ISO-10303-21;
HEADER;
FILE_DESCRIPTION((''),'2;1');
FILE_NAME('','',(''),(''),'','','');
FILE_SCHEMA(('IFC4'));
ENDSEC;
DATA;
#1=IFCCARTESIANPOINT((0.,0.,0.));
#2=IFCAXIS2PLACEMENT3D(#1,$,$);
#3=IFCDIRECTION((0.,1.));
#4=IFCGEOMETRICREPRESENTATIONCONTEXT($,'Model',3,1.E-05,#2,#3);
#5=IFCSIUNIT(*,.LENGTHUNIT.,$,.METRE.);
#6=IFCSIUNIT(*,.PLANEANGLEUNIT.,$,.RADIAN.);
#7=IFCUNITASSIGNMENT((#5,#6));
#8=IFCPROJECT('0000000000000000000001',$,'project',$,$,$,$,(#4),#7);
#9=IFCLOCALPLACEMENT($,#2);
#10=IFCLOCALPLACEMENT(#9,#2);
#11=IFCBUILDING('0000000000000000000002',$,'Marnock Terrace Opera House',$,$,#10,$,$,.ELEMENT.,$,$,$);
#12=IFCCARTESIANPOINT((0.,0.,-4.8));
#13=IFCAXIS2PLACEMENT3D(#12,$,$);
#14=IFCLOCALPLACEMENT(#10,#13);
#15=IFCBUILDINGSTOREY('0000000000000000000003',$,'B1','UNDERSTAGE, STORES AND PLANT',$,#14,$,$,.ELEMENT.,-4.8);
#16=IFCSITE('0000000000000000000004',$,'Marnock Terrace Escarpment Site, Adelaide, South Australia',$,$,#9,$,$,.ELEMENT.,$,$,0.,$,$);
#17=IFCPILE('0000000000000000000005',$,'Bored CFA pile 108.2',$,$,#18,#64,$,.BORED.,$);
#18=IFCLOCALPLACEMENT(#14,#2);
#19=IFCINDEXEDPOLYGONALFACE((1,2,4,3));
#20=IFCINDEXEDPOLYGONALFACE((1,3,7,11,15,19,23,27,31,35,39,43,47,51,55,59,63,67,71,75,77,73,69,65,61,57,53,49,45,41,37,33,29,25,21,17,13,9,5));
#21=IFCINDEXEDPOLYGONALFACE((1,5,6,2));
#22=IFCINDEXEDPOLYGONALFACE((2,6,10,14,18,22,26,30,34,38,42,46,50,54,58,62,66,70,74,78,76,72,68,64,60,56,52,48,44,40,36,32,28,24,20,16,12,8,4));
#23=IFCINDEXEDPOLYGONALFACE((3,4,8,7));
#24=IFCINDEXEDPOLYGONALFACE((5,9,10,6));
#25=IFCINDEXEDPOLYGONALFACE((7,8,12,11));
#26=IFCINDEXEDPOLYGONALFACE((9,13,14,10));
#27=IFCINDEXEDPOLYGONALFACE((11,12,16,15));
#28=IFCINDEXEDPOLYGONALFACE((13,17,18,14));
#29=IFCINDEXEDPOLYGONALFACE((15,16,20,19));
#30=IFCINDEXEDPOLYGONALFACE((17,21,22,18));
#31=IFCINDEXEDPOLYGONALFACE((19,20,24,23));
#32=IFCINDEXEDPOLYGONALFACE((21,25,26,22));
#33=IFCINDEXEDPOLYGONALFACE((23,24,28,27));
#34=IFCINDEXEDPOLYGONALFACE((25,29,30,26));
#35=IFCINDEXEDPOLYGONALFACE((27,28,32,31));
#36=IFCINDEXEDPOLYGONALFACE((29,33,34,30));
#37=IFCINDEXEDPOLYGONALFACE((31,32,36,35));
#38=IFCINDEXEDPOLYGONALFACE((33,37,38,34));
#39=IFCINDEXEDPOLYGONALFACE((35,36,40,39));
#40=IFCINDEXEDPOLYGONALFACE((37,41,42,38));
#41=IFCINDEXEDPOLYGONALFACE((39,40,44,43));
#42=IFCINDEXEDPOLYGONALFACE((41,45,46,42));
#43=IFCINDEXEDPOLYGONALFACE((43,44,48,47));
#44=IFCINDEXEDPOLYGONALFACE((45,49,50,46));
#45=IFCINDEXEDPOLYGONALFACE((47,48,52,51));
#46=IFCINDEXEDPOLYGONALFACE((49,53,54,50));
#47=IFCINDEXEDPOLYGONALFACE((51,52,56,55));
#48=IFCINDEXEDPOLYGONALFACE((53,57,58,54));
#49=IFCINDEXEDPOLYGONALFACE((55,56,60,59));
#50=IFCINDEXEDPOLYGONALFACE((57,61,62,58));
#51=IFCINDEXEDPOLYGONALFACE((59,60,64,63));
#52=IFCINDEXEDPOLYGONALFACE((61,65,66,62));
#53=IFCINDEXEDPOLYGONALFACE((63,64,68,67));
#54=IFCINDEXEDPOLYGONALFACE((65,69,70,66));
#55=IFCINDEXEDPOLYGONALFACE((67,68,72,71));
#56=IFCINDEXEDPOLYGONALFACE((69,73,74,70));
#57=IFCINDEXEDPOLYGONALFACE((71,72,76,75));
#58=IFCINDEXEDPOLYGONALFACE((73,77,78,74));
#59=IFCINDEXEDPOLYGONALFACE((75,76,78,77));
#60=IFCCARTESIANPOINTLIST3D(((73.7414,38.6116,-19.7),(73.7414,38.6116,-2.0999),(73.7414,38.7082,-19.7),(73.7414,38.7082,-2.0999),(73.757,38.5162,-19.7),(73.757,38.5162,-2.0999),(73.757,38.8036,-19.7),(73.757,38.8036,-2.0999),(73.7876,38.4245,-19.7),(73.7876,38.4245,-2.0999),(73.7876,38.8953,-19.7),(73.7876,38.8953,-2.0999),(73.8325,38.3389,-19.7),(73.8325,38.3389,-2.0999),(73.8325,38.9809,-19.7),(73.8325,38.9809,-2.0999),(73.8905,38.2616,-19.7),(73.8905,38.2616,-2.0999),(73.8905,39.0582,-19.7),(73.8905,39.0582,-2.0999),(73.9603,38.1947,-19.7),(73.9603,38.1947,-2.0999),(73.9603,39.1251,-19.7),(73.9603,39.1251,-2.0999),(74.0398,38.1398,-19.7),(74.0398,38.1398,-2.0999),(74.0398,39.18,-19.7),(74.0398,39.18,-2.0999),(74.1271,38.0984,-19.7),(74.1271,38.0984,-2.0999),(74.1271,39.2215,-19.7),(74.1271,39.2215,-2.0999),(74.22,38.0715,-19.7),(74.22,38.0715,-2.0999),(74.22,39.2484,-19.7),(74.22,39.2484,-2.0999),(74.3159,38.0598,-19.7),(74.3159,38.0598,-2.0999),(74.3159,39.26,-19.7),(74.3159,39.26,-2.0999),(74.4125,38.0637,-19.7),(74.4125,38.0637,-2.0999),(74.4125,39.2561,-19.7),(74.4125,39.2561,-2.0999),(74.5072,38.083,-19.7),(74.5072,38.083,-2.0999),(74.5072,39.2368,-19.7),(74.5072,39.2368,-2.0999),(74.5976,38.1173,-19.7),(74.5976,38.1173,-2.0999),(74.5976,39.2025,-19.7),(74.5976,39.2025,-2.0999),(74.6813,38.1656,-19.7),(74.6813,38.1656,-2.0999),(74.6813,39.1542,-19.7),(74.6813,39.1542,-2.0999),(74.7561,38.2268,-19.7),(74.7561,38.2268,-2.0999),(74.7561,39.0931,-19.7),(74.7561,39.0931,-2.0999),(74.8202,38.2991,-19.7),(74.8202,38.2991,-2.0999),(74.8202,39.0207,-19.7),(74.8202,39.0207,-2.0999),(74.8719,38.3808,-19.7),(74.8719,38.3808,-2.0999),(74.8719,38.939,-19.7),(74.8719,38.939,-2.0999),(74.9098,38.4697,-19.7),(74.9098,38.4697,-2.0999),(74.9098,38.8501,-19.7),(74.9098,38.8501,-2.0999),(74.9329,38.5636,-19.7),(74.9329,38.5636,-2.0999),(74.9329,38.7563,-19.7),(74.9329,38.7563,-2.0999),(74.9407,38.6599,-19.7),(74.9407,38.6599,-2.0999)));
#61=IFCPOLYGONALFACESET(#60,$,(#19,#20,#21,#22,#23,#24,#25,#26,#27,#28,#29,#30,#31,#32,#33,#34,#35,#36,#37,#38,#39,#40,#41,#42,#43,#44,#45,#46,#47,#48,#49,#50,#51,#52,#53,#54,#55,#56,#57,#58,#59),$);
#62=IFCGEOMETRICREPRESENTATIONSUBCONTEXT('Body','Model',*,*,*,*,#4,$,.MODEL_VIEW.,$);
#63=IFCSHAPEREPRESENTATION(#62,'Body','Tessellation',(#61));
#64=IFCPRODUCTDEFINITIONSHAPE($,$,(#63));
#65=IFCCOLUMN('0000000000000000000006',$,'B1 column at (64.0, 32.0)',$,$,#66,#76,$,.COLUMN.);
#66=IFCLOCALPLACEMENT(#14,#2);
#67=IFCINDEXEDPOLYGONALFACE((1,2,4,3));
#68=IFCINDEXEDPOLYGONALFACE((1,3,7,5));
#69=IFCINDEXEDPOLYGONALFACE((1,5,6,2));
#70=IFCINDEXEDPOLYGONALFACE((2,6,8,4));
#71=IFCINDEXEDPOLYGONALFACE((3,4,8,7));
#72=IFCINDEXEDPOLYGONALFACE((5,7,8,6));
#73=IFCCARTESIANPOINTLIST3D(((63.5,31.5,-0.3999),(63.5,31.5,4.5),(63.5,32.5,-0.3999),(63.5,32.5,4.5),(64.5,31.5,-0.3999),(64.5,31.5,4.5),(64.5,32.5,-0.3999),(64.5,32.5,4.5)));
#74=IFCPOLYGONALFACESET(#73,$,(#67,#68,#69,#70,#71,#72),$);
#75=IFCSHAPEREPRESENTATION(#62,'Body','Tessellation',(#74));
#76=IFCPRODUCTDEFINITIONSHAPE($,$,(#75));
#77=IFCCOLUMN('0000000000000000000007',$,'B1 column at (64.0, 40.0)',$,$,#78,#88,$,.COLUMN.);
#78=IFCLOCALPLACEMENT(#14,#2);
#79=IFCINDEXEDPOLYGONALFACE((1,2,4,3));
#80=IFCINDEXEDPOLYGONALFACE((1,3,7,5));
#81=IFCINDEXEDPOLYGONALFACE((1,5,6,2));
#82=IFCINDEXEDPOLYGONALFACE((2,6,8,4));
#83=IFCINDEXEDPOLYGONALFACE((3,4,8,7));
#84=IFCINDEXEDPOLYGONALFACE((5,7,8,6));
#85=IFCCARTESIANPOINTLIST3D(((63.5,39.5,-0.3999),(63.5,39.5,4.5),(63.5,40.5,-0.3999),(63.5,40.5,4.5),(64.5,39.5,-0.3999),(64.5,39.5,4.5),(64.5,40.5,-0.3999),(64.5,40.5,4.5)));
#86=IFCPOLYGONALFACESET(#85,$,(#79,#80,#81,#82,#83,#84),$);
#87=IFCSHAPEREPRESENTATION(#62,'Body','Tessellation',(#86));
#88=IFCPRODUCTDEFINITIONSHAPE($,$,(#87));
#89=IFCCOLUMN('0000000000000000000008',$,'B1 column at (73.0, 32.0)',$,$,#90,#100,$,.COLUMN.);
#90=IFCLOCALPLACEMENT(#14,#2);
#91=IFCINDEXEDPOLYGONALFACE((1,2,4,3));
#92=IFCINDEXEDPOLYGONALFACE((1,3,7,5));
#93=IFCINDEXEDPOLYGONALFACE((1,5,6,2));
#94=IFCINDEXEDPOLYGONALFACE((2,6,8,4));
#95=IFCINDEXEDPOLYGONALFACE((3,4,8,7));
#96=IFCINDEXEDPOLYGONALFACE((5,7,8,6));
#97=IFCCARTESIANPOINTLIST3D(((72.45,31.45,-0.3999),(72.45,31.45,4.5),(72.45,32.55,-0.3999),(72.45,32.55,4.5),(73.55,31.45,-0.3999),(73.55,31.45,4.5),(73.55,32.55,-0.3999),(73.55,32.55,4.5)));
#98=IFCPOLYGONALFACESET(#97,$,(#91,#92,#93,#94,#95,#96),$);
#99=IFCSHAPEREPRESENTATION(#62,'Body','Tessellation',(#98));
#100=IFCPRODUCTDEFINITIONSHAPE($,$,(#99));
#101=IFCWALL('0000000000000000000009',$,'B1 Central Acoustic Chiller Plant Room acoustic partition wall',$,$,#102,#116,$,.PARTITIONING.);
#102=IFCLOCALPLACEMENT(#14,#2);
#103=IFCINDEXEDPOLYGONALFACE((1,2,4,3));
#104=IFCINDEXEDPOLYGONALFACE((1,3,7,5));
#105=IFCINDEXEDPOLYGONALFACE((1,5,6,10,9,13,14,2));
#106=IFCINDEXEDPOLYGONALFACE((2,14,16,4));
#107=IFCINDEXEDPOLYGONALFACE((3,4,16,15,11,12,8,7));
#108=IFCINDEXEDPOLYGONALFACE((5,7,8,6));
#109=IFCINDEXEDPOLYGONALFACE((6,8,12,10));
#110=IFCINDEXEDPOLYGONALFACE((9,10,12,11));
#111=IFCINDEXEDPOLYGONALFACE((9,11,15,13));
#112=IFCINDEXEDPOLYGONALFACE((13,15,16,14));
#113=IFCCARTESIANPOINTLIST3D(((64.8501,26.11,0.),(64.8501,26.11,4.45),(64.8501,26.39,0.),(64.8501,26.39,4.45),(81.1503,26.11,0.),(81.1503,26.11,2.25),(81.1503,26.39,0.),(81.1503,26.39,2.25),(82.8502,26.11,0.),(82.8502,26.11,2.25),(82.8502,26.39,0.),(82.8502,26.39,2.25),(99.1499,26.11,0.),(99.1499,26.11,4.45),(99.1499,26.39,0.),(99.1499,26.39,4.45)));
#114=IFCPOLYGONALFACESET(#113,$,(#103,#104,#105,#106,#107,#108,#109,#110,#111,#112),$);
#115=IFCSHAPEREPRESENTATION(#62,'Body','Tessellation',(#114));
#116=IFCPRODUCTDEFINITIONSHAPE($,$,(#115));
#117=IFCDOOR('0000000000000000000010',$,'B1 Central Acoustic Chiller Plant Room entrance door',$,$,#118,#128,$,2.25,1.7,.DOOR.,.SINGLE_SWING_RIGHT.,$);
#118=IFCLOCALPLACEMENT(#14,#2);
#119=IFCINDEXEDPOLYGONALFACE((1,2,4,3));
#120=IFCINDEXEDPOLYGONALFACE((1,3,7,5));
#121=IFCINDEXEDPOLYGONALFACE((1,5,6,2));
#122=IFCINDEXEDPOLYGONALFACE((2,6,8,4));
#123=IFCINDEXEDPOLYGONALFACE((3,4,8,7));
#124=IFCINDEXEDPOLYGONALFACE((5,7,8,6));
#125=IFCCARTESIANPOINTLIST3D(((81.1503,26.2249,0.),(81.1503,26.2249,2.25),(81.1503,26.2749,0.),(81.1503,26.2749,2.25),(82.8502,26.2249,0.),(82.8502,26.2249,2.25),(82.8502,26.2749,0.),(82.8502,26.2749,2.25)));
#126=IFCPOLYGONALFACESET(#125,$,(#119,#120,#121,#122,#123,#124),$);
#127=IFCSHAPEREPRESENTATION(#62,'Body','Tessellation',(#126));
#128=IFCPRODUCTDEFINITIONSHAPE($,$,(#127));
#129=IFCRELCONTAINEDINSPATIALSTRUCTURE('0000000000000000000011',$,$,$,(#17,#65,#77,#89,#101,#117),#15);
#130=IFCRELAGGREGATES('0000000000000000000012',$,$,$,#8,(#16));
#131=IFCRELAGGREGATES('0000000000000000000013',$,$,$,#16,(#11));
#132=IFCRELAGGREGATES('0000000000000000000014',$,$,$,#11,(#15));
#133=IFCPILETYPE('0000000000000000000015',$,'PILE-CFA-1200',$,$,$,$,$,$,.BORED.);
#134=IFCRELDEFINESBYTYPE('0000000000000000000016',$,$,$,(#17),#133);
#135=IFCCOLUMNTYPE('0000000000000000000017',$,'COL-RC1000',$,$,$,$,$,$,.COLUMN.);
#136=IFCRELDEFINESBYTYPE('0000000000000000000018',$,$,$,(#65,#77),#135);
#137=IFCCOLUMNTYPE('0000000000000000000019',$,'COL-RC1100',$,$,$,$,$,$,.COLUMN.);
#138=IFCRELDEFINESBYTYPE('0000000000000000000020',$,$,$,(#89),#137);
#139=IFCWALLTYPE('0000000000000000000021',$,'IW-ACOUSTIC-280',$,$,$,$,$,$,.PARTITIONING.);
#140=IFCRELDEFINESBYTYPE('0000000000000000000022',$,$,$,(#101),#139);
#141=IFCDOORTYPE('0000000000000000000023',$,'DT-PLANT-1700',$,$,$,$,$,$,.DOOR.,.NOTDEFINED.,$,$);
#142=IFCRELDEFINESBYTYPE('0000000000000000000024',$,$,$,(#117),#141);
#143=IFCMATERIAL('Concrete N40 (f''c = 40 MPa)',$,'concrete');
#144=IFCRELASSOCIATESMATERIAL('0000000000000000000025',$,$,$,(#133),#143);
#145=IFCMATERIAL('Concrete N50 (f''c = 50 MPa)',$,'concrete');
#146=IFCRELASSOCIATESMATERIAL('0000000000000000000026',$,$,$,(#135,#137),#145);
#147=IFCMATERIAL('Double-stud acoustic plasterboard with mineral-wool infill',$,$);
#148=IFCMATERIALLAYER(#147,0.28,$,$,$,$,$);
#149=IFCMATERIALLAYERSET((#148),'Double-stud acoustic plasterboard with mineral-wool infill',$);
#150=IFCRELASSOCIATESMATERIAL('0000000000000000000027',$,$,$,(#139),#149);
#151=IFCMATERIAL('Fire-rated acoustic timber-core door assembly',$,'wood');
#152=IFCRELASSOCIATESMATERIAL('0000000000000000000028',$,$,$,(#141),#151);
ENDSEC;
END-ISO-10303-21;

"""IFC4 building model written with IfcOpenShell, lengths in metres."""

from ifc_helpers import new_model, si_unit, direction, frame, frame_2d, origin, origin_2d, place, context, subcontext, project, spatial, rectangle, circle, extrude, material, layer, layer_set, material_profile, profile_set, type_object, element, fill, save


model = new_model("IFC4")

# Units and contexts
model_context = context("Model", 3, precision=1e-05, world=origin(), true_north=direction((0.0, 1.0)))
body_context = subcontext(model_context, "Body", "Model", "MODEL_VIEW")
ifc_project = project(units=[si_unit("LENGTHUNIT", "METRE"), si_unit("PLANEANGLEUNIT", "RADIAN")], contexts=[model_context])

# Site, building, storey
site_placement = place(None, origin())
site = spatial("IfcSite", under=ifc_project, at=site_placement, Name="Marnock Terrace Escarpment Site, Adelaide, South Australia", CompositionType="ELEMENT", RefElevation=0.0)
building_placement = place(site_placement, origin())
building = spatial("IfcBuilding", under=site, at=building_placement, Name="Marnock Terrace Opera House", CompositionType="ELEMENT")
storey_placement = place(building_placement, frame((0.0, 0.0, -4.8)))
storey = spatial("IfcBuildingStorey", under=building, at=storey_placement, Name="B1", Description="UNDERSTAGE, STORES AND PLANT", CompositionType="ELEMENT", Elevation=-4.8)

# Shared definitions
ifc_material_1 = material(Name="Concrete N40 (f'c = 40 MPa)", Category="concrete")

# Pile
ifc_material_profile_1 = material_profile(ifc_material_1, circle(Radius=0.6006, at=origin_2d()))
ifc_profile_set_1 = profile_set([ifc_material_profile_1], Name="Concrete N40 (f'c = 40 MPa)")
pile_type = type_object("IfcPileType", Name="PILE-CFA-1200", PredefinedType="BORED", material=ifc_profile_set_1)
for number, where, z_axis, x_axis, name in (
    (1, (74.3401, 38.6599, -2.0999), (0.0, 0.0, -1.0), (1.0, 0.0, 0.0), "Bored CFA pile 108.2"),
):
    element("IfcPile", number, at=place(storey_placement, frame(where, z_axis=z_axis, x_axis=x_axis)), inside=storey, type_object=pile_type, Name=name, PredefinedType="BORED", context=body_context, shape_type="SweptSolid", body=[
        extrude(circle(Radius=0.6006, at=origin_2d()), origin(), (0.0, 0.0, 1.0), 17.6001),
    ])

# Columns
ifc_material_2 = material(Name="Concrete N50 (f'c = 50 MPa)", Category="concrete")
ifc_material_profile_2 = material_profile(ifc_material_2, rectangle(XDim=1.0, YDim=1.0, at=origin_2d()))
ifc_profile_set_2 = profile_set([ifc_material_profile_2], Name="Concrete N50 (f'c = 50 MPa)")
column_type_1 = type_object("IfcColumnType", Name="COL-RC1000", PredefinedType="COLUMN", material=ifc_profile_set_2)
for number, where, z_axis, x_axis, name in (
    (2, (64.0, 32.0, -0.3999), (0.0, 0.0, 1.0), (1.0, 0.0, 0.0), "B1 column at (64.0, 32.0)"),
    (3, (64.0, 40.0, -0.3999), (0.0, 0.0, 1.0), (1.0, 0.0, 0.0), "B1 column at (64.0, 40.0)"),
):
    element("IfcColumn", number, at=place(storey_placement, frame(where, z_axis=z_axis, x_axis=x_axis)), inside=storey, type_object=column_type_1, Name=name, PredefinedType="COLUMN", context=body_context, shape_type="SweptSolid", body=[
        extrude(rectangle(XDim=1.0, YDim=1.0, at=origin_2d()), origin(), (0.0, 0.0, 1.0), 4.8999),
    ])
ifc_material_profile_3 = material_profile(ifc_material_2, rectangle(XDim=1.1001, YDim=1.1001, at=origin_2d()))
ifc_profile_set_3 = profile_set([ifc_material_profile_3], Name="Concrete N50 (f'c = 50 MPa)")
column_type_2 = type_object("IfcColumnType", Name="COL-RC1100", PredefinedType="COLUMN", material=ifc_profile_set_3)
column_placement = place(storey_placement, frame((73.0, 32.0, -0.3999), z_axis=(0.0, 0.0, 1.0), x_axis=(1.0, 0.0, 0.0)))
element("IfcColumn", 4, at=column_placement, inside=storey, type_object=column_type_2, Name="B1 column at (73.0, 32.0)", PredefinedType="COLUMN", context=body_context, shape_type="SweptSolid", body=[
    extrude(rectangle(XDim=1.1001, YDim=1.1001, at=origin_2d()), origin(), (0.0, 0.0, 1.0), 4.8999),
])

# Wall, opening, door
ifc_material_3 = material(Name="Double-stud acoustic plasterboard with mineral-wool infill")
ifc_layer_1 = layer(ifc_material_3, 0.28)
ifc_layer_set_1 = layer_set([ifc_layer_1], Name="Double-stud acoustic plasterboard with mineral-wool infill")
wall_type = type_object("IfcWallType", Name="IW-ACOUSTIC-280", PredefinedType="PARTITIONING", material=ifc_layer_set_1)
wall_placement = place(storey_placement, frame((64.8501, 26.25, 0.0), z_axis=(0.0, 0.0, 1.0), x_axis=(1.0, 0.0, 0.0)))
wall = element("IfcWall", 5, at=wall_placement, inside=storey, type_object=wall_type, Name="B1 Central Acoustic Chiller Plant Room acoustic partition wall", PredefinedType="PARTITIONING", context=body_context, shape_type="SweptSolid", body=[
    extrude(rectangle(XDim=34.2998, YDim=0.28, at=frame_2d((17.1499, 0.0))), origin(), (0.0, 0.0, 1.0), 4.45),
])
opening_placement = place(wall_placement, frame((16.3, 0.0, 0.0)))
opening = element("IfcOpeningElement", 6, at=opening_placement, cuts=wall, PredefinedType="OPENING", context=body_context, shape_type="SweptSolid", body=[
    extrude(rectangle(XDim=1.7, YDim=2.25, at=frame_2d((0.8501, 1.125))), frame((0.0, 0.1499, 0.0), z_axis=(0.0, -1.0, 0.0), x_axis=(1.0, 0.0, 0.0)), (0.0, 0.0, 1.0), 0.3),
])
ifc_material_4 = material(Name="Fire-rated acoustic timber-core door assembly", Category="wood")
door_type = type_object("IfcDoorType", Name="DT-PLANT-1700", OperationType="NOTDEFINED", PredefinedType="DOOR", material=ifc_material_4)
door_placement = place(opening_placement, origin())
door = element("IfcDoor", 7, at=door_placement, inside=storey, type_object=door_type, Name="B1 Central Acoustic Chiller Plant Room entrance door", OperationType="SINGLE_SWING_RIGHT", OverallHeight=2.25, OverallWidth=1.7, PredefinedType="DOOR", context=body_context, shape_type="SweptSolid", body=[
    extrude(rectangle(XDim=1.7, YDim=2.25, at=frame_2d((0.8501, 1.125))), frame((0.0, 0.0249, 0.0), z_axis=(0.0, -1.0, 0.0), x_axis=(1.0, 0.0, 0.0)), (0.0, 0.0, 1.0), 0.05),
])
fill(opening, door)

save(model, "model.ifc")
